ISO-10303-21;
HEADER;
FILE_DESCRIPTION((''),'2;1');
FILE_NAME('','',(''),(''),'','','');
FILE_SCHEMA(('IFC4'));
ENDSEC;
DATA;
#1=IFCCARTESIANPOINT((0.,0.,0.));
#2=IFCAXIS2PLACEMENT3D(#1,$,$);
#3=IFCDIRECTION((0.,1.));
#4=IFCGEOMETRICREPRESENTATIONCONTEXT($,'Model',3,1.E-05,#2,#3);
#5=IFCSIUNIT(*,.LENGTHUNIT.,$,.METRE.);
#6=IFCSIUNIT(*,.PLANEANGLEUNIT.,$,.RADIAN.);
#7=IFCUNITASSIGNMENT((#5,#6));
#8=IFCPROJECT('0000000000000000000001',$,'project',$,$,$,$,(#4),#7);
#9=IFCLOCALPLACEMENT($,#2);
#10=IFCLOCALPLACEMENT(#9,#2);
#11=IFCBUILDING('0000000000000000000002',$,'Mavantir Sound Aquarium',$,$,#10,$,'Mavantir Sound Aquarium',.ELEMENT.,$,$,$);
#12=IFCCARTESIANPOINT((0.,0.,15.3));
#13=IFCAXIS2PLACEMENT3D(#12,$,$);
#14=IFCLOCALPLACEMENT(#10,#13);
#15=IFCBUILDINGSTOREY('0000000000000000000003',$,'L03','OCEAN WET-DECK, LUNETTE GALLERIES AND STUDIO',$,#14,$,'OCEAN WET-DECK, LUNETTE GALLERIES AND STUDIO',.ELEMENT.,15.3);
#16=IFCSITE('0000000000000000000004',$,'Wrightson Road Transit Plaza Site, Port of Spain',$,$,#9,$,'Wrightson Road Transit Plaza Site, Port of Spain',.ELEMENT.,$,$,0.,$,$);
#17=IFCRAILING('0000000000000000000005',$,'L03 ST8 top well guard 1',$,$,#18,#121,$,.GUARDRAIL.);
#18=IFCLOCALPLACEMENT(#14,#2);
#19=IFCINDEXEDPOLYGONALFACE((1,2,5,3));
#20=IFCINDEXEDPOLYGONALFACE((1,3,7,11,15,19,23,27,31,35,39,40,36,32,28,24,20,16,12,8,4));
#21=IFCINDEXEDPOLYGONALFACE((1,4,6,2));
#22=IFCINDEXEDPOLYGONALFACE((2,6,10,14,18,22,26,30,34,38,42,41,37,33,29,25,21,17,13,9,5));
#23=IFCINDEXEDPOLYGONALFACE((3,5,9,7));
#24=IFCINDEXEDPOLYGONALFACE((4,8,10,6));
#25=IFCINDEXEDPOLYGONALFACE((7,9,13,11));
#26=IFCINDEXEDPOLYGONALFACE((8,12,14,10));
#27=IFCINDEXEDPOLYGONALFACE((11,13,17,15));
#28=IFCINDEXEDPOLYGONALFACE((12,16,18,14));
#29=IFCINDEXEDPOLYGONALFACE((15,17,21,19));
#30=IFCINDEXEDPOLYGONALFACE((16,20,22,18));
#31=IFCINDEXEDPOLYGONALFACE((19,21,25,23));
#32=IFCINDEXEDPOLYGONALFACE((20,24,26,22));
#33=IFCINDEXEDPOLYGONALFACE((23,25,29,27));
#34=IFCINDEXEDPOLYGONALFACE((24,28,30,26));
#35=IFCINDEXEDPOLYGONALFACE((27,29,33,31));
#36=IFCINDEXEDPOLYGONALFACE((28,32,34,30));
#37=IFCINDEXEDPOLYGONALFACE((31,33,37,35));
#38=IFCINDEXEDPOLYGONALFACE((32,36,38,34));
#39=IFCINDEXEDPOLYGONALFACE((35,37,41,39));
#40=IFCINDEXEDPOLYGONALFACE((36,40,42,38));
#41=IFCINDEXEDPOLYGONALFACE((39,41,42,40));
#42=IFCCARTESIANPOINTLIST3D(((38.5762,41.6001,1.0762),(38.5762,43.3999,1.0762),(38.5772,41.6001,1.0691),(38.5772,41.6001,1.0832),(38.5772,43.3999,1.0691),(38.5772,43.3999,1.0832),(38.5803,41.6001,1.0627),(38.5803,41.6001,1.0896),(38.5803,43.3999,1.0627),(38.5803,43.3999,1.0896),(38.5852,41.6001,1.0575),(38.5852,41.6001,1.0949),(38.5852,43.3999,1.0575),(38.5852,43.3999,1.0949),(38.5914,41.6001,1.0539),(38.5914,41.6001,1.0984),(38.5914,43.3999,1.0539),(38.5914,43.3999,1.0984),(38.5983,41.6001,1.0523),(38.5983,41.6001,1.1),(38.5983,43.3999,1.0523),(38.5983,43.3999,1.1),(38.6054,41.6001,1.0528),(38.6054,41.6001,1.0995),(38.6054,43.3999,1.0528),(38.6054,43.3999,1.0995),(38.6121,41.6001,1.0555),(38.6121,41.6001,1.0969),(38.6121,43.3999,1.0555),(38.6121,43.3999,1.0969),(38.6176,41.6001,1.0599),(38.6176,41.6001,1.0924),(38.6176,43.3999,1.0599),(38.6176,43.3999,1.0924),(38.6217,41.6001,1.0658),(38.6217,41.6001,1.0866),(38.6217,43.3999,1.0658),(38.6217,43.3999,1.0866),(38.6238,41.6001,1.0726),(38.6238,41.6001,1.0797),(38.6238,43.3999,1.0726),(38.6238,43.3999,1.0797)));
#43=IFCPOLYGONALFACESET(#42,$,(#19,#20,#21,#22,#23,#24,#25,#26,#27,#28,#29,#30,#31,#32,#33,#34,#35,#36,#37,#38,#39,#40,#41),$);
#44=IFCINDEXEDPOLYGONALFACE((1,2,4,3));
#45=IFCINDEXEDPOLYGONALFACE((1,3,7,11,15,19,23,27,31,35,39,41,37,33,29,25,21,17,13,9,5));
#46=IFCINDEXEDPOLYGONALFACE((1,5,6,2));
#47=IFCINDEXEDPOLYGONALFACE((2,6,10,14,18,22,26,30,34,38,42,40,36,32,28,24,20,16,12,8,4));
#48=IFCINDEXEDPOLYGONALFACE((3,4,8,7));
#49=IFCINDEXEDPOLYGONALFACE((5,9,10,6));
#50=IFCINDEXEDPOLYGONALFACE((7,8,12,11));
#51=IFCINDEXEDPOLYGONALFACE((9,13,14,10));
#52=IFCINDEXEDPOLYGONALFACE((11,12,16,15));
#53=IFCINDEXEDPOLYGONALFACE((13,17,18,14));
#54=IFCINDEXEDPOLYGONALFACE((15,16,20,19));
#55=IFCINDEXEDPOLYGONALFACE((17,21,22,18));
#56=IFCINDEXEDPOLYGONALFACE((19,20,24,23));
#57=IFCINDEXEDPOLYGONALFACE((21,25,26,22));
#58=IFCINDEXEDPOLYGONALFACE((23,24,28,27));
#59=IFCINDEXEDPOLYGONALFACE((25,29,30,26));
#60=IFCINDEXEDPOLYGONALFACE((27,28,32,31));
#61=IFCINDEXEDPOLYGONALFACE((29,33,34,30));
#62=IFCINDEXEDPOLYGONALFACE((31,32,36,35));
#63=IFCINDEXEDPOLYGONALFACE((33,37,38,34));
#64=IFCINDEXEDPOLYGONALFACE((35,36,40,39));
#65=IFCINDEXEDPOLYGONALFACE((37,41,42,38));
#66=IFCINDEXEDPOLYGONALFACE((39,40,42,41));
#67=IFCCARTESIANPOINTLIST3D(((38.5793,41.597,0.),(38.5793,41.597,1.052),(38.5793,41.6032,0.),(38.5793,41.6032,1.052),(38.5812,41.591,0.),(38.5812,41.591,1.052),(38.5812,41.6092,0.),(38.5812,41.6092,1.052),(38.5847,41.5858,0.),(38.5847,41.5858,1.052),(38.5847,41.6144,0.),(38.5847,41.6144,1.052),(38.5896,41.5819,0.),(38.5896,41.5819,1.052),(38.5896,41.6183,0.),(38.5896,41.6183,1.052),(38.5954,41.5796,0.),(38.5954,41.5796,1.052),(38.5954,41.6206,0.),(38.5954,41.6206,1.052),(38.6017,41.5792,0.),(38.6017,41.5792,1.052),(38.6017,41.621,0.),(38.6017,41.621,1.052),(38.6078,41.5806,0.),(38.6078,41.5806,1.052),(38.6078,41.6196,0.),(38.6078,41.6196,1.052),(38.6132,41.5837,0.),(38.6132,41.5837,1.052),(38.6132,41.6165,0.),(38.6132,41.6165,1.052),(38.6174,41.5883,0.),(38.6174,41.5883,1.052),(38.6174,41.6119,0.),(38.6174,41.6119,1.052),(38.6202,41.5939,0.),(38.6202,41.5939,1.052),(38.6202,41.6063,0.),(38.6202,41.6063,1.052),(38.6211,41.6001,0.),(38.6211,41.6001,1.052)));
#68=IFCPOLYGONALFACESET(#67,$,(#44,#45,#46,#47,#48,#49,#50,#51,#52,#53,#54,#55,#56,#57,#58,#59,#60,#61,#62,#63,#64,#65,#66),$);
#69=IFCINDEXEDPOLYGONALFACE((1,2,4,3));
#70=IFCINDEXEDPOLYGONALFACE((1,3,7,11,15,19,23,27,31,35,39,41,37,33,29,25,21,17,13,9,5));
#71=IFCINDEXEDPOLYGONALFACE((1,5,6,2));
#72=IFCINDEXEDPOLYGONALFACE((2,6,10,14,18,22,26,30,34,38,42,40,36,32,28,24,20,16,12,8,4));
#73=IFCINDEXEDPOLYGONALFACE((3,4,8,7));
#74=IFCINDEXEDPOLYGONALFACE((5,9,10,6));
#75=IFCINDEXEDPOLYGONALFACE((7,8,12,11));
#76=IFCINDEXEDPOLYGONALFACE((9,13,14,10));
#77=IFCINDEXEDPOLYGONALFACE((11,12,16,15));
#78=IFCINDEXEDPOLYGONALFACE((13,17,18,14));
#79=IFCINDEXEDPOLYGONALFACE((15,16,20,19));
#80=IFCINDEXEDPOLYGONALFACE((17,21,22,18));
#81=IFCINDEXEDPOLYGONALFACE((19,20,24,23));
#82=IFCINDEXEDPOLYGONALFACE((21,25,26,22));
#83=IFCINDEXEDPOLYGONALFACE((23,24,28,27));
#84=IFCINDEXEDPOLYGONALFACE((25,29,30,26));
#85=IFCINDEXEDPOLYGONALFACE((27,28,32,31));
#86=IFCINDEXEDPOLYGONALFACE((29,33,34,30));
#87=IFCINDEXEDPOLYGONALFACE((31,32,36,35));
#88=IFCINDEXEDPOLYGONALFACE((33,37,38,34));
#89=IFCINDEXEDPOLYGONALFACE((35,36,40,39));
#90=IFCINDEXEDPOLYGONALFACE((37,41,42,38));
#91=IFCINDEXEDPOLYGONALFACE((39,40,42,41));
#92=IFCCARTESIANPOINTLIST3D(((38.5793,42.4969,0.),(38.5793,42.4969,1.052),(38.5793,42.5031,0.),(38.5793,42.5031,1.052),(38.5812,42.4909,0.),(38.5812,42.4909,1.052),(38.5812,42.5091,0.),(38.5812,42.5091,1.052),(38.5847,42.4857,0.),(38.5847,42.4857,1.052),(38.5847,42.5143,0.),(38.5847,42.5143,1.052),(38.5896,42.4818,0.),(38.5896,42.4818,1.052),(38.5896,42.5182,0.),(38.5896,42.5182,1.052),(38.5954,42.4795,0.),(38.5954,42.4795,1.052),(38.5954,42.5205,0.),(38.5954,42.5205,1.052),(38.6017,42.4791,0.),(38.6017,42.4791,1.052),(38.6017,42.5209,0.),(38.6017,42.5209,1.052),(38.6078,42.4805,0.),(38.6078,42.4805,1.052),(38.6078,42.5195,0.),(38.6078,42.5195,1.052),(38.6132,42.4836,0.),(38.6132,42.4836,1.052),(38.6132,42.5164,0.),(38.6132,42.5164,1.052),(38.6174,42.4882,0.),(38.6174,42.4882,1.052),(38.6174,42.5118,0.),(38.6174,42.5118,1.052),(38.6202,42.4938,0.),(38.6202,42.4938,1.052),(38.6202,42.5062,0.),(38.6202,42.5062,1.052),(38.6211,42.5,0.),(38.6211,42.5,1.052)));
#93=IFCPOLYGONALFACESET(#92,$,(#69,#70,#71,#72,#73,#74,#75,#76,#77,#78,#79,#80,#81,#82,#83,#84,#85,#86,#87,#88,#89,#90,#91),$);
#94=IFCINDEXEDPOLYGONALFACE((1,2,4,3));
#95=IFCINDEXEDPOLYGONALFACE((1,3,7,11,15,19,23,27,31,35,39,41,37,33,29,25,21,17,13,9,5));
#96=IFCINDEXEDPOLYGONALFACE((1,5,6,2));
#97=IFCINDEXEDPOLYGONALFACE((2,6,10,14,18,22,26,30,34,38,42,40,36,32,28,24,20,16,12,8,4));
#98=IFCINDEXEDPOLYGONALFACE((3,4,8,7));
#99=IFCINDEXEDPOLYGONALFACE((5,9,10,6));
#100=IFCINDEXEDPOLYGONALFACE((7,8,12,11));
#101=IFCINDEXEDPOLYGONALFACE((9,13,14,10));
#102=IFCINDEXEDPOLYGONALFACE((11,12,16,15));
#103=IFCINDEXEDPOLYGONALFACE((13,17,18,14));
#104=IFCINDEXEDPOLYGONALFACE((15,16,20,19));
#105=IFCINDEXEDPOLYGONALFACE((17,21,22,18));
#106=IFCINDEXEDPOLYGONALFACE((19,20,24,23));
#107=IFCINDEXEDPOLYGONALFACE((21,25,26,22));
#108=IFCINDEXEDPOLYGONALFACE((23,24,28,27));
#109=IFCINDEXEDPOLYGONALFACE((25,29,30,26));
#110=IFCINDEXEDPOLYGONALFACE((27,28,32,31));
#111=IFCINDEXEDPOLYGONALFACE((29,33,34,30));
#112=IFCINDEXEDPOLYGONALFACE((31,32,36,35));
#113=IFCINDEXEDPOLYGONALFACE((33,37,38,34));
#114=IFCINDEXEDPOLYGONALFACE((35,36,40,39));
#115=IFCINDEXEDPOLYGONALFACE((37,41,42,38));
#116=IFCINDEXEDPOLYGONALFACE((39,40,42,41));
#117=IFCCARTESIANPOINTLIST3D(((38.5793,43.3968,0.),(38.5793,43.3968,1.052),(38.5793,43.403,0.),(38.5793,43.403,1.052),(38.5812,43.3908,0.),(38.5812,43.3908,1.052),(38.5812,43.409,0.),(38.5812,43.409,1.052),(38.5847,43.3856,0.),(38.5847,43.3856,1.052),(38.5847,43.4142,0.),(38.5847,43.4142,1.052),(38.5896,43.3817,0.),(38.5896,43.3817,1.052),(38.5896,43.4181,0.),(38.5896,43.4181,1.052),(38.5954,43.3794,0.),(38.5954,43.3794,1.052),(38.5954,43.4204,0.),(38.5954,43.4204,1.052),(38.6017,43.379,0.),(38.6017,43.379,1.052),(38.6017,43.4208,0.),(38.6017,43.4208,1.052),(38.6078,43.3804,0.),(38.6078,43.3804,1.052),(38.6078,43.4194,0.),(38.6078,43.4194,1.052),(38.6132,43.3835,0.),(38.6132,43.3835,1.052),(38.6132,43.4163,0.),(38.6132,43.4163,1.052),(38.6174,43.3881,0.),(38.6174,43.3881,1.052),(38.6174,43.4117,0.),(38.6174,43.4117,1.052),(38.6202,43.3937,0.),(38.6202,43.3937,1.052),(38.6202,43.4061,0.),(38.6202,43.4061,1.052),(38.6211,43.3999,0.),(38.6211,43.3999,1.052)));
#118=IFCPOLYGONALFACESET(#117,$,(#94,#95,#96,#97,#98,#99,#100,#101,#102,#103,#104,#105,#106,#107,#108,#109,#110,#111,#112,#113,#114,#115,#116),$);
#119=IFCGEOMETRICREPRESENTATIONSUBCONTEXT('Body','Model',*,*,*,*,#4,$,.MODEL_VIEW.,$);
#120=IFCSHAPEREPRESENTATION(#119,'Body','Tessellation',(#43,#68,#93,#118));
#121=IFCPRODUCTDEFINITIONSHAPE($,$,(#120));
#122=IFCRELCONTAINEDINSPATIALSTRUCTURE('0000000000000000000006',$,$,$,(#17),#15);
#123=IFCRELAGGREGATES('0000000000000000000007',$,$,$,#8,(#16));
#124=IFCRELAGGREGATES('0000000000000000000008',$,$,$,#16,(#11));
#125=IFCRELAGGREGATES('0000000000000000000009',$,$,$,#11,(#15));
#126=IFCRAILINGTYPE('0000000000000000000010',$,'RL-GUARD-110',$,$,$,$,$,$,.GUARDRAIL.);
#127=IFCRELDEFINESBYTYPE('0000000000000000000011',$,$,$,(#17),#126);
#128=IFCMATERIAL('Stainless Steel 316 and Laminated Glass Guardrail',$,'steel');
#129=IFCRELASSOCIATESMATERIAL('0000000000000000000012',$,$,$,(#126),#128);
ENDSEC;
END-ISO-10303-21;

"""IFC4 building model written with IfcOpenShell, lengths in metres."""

from ifc_helpers import new_model, si_unit, direction, frame, origin, origin_2d, place, context, subcontext, project, spatial, circle, extrude, material, type_object, element, save


model = new_model("IFC4")

# Units and contexts
model_context = context("Model", 3, precision=1e-05, world=origin(), true_north=direction((0.0, 1.0)))
body_context = subcontext(model_context, "Body", "Model", "MODEL_VIEW")
ifc_project = project(units=[si_unit("LENGTHUNIT", "METRE"), si_unit("PLANEANGLEUNIT", "RADIAN")], contexts=[model_context])

# Site, building, storey
site_placement = place(None, origin())
site = spatial("IfcSite", under=ifc_project, at=site_placement, Name="Wrightson Road Transit Plaza Site, Port of Spain", LongName="Wrightson Road Transit Plaza Site, Port of Spain", CompositionType="ELEMENT", RefElevation=0.0)
building_placement = place(site_placement, origin())
building = spatial("IfcBuilding", under=site, at=building_placement, Name="Mavantir Sound Aquarium", LongName="Mavantir Sound Aquarium", CompositionType="ELEMENT")
storey_placement = place(building_placement, frame((0.0, 0.0, 15.3)))
storey = spatial("IfcBuildingStorey", under=building, at=storey_placement, Name="L03", Description="OCEAN WET-DECK, LUNETTE GALLERIES AND STUDIO", LongName="OCEAN WET-DECK, LUNETTE GALLERIES AND STUDIO", CompositionType="ELEMENT", Elevation=15.3)

# Railing
ifc_material_1 = material(Name="Stainless Steel 316 and Laminated Glass Guardrail", Category="steel")
railing_type = type_object("IfcRailingType", Name="RL-GUARD-110", PredefinedType="GUARDRAIL", material=ifc_material_1)
railing_1_placement = place(storey_placement, frame((38.6001, 41.6001, 0.0)))
element("IfcRailing", 1, at=railing_1_placement, inside=storey, type_object=railing_type, Name="L03 ST8 top well guard 1", PredefinedType="GUARDRAIL", context=body_context, shape_type="SweptSolid", body=[
    extrude(circle(Radius=0.0239, at=origin_2d()), frame((0.0, 0.0, 1.0762), z_axis=(0.0, 1.0, 0.0), x_axis=(-1.0, 0.0, 0.0)), (0.0, 0.0, 1.0), 1.7998),
    extrude(circle(Radius=0.021, at=origin_2d()), origin(), (0.0, 0.0, 1.0), 1.052),
    extrude(circle(Radius=0.021, at=origin_2d()), frame((0.0, 0.8999, 0.0)), (0.0, 0.0, 1.0), 1.052),
    extrude(circle(Radius=0.021, at=origin_2d()), frame((0.0, 1.7998, 0.0)), (0.0, 0.0, 1.0), 1.052),
])

save(model, "model.ifc")
